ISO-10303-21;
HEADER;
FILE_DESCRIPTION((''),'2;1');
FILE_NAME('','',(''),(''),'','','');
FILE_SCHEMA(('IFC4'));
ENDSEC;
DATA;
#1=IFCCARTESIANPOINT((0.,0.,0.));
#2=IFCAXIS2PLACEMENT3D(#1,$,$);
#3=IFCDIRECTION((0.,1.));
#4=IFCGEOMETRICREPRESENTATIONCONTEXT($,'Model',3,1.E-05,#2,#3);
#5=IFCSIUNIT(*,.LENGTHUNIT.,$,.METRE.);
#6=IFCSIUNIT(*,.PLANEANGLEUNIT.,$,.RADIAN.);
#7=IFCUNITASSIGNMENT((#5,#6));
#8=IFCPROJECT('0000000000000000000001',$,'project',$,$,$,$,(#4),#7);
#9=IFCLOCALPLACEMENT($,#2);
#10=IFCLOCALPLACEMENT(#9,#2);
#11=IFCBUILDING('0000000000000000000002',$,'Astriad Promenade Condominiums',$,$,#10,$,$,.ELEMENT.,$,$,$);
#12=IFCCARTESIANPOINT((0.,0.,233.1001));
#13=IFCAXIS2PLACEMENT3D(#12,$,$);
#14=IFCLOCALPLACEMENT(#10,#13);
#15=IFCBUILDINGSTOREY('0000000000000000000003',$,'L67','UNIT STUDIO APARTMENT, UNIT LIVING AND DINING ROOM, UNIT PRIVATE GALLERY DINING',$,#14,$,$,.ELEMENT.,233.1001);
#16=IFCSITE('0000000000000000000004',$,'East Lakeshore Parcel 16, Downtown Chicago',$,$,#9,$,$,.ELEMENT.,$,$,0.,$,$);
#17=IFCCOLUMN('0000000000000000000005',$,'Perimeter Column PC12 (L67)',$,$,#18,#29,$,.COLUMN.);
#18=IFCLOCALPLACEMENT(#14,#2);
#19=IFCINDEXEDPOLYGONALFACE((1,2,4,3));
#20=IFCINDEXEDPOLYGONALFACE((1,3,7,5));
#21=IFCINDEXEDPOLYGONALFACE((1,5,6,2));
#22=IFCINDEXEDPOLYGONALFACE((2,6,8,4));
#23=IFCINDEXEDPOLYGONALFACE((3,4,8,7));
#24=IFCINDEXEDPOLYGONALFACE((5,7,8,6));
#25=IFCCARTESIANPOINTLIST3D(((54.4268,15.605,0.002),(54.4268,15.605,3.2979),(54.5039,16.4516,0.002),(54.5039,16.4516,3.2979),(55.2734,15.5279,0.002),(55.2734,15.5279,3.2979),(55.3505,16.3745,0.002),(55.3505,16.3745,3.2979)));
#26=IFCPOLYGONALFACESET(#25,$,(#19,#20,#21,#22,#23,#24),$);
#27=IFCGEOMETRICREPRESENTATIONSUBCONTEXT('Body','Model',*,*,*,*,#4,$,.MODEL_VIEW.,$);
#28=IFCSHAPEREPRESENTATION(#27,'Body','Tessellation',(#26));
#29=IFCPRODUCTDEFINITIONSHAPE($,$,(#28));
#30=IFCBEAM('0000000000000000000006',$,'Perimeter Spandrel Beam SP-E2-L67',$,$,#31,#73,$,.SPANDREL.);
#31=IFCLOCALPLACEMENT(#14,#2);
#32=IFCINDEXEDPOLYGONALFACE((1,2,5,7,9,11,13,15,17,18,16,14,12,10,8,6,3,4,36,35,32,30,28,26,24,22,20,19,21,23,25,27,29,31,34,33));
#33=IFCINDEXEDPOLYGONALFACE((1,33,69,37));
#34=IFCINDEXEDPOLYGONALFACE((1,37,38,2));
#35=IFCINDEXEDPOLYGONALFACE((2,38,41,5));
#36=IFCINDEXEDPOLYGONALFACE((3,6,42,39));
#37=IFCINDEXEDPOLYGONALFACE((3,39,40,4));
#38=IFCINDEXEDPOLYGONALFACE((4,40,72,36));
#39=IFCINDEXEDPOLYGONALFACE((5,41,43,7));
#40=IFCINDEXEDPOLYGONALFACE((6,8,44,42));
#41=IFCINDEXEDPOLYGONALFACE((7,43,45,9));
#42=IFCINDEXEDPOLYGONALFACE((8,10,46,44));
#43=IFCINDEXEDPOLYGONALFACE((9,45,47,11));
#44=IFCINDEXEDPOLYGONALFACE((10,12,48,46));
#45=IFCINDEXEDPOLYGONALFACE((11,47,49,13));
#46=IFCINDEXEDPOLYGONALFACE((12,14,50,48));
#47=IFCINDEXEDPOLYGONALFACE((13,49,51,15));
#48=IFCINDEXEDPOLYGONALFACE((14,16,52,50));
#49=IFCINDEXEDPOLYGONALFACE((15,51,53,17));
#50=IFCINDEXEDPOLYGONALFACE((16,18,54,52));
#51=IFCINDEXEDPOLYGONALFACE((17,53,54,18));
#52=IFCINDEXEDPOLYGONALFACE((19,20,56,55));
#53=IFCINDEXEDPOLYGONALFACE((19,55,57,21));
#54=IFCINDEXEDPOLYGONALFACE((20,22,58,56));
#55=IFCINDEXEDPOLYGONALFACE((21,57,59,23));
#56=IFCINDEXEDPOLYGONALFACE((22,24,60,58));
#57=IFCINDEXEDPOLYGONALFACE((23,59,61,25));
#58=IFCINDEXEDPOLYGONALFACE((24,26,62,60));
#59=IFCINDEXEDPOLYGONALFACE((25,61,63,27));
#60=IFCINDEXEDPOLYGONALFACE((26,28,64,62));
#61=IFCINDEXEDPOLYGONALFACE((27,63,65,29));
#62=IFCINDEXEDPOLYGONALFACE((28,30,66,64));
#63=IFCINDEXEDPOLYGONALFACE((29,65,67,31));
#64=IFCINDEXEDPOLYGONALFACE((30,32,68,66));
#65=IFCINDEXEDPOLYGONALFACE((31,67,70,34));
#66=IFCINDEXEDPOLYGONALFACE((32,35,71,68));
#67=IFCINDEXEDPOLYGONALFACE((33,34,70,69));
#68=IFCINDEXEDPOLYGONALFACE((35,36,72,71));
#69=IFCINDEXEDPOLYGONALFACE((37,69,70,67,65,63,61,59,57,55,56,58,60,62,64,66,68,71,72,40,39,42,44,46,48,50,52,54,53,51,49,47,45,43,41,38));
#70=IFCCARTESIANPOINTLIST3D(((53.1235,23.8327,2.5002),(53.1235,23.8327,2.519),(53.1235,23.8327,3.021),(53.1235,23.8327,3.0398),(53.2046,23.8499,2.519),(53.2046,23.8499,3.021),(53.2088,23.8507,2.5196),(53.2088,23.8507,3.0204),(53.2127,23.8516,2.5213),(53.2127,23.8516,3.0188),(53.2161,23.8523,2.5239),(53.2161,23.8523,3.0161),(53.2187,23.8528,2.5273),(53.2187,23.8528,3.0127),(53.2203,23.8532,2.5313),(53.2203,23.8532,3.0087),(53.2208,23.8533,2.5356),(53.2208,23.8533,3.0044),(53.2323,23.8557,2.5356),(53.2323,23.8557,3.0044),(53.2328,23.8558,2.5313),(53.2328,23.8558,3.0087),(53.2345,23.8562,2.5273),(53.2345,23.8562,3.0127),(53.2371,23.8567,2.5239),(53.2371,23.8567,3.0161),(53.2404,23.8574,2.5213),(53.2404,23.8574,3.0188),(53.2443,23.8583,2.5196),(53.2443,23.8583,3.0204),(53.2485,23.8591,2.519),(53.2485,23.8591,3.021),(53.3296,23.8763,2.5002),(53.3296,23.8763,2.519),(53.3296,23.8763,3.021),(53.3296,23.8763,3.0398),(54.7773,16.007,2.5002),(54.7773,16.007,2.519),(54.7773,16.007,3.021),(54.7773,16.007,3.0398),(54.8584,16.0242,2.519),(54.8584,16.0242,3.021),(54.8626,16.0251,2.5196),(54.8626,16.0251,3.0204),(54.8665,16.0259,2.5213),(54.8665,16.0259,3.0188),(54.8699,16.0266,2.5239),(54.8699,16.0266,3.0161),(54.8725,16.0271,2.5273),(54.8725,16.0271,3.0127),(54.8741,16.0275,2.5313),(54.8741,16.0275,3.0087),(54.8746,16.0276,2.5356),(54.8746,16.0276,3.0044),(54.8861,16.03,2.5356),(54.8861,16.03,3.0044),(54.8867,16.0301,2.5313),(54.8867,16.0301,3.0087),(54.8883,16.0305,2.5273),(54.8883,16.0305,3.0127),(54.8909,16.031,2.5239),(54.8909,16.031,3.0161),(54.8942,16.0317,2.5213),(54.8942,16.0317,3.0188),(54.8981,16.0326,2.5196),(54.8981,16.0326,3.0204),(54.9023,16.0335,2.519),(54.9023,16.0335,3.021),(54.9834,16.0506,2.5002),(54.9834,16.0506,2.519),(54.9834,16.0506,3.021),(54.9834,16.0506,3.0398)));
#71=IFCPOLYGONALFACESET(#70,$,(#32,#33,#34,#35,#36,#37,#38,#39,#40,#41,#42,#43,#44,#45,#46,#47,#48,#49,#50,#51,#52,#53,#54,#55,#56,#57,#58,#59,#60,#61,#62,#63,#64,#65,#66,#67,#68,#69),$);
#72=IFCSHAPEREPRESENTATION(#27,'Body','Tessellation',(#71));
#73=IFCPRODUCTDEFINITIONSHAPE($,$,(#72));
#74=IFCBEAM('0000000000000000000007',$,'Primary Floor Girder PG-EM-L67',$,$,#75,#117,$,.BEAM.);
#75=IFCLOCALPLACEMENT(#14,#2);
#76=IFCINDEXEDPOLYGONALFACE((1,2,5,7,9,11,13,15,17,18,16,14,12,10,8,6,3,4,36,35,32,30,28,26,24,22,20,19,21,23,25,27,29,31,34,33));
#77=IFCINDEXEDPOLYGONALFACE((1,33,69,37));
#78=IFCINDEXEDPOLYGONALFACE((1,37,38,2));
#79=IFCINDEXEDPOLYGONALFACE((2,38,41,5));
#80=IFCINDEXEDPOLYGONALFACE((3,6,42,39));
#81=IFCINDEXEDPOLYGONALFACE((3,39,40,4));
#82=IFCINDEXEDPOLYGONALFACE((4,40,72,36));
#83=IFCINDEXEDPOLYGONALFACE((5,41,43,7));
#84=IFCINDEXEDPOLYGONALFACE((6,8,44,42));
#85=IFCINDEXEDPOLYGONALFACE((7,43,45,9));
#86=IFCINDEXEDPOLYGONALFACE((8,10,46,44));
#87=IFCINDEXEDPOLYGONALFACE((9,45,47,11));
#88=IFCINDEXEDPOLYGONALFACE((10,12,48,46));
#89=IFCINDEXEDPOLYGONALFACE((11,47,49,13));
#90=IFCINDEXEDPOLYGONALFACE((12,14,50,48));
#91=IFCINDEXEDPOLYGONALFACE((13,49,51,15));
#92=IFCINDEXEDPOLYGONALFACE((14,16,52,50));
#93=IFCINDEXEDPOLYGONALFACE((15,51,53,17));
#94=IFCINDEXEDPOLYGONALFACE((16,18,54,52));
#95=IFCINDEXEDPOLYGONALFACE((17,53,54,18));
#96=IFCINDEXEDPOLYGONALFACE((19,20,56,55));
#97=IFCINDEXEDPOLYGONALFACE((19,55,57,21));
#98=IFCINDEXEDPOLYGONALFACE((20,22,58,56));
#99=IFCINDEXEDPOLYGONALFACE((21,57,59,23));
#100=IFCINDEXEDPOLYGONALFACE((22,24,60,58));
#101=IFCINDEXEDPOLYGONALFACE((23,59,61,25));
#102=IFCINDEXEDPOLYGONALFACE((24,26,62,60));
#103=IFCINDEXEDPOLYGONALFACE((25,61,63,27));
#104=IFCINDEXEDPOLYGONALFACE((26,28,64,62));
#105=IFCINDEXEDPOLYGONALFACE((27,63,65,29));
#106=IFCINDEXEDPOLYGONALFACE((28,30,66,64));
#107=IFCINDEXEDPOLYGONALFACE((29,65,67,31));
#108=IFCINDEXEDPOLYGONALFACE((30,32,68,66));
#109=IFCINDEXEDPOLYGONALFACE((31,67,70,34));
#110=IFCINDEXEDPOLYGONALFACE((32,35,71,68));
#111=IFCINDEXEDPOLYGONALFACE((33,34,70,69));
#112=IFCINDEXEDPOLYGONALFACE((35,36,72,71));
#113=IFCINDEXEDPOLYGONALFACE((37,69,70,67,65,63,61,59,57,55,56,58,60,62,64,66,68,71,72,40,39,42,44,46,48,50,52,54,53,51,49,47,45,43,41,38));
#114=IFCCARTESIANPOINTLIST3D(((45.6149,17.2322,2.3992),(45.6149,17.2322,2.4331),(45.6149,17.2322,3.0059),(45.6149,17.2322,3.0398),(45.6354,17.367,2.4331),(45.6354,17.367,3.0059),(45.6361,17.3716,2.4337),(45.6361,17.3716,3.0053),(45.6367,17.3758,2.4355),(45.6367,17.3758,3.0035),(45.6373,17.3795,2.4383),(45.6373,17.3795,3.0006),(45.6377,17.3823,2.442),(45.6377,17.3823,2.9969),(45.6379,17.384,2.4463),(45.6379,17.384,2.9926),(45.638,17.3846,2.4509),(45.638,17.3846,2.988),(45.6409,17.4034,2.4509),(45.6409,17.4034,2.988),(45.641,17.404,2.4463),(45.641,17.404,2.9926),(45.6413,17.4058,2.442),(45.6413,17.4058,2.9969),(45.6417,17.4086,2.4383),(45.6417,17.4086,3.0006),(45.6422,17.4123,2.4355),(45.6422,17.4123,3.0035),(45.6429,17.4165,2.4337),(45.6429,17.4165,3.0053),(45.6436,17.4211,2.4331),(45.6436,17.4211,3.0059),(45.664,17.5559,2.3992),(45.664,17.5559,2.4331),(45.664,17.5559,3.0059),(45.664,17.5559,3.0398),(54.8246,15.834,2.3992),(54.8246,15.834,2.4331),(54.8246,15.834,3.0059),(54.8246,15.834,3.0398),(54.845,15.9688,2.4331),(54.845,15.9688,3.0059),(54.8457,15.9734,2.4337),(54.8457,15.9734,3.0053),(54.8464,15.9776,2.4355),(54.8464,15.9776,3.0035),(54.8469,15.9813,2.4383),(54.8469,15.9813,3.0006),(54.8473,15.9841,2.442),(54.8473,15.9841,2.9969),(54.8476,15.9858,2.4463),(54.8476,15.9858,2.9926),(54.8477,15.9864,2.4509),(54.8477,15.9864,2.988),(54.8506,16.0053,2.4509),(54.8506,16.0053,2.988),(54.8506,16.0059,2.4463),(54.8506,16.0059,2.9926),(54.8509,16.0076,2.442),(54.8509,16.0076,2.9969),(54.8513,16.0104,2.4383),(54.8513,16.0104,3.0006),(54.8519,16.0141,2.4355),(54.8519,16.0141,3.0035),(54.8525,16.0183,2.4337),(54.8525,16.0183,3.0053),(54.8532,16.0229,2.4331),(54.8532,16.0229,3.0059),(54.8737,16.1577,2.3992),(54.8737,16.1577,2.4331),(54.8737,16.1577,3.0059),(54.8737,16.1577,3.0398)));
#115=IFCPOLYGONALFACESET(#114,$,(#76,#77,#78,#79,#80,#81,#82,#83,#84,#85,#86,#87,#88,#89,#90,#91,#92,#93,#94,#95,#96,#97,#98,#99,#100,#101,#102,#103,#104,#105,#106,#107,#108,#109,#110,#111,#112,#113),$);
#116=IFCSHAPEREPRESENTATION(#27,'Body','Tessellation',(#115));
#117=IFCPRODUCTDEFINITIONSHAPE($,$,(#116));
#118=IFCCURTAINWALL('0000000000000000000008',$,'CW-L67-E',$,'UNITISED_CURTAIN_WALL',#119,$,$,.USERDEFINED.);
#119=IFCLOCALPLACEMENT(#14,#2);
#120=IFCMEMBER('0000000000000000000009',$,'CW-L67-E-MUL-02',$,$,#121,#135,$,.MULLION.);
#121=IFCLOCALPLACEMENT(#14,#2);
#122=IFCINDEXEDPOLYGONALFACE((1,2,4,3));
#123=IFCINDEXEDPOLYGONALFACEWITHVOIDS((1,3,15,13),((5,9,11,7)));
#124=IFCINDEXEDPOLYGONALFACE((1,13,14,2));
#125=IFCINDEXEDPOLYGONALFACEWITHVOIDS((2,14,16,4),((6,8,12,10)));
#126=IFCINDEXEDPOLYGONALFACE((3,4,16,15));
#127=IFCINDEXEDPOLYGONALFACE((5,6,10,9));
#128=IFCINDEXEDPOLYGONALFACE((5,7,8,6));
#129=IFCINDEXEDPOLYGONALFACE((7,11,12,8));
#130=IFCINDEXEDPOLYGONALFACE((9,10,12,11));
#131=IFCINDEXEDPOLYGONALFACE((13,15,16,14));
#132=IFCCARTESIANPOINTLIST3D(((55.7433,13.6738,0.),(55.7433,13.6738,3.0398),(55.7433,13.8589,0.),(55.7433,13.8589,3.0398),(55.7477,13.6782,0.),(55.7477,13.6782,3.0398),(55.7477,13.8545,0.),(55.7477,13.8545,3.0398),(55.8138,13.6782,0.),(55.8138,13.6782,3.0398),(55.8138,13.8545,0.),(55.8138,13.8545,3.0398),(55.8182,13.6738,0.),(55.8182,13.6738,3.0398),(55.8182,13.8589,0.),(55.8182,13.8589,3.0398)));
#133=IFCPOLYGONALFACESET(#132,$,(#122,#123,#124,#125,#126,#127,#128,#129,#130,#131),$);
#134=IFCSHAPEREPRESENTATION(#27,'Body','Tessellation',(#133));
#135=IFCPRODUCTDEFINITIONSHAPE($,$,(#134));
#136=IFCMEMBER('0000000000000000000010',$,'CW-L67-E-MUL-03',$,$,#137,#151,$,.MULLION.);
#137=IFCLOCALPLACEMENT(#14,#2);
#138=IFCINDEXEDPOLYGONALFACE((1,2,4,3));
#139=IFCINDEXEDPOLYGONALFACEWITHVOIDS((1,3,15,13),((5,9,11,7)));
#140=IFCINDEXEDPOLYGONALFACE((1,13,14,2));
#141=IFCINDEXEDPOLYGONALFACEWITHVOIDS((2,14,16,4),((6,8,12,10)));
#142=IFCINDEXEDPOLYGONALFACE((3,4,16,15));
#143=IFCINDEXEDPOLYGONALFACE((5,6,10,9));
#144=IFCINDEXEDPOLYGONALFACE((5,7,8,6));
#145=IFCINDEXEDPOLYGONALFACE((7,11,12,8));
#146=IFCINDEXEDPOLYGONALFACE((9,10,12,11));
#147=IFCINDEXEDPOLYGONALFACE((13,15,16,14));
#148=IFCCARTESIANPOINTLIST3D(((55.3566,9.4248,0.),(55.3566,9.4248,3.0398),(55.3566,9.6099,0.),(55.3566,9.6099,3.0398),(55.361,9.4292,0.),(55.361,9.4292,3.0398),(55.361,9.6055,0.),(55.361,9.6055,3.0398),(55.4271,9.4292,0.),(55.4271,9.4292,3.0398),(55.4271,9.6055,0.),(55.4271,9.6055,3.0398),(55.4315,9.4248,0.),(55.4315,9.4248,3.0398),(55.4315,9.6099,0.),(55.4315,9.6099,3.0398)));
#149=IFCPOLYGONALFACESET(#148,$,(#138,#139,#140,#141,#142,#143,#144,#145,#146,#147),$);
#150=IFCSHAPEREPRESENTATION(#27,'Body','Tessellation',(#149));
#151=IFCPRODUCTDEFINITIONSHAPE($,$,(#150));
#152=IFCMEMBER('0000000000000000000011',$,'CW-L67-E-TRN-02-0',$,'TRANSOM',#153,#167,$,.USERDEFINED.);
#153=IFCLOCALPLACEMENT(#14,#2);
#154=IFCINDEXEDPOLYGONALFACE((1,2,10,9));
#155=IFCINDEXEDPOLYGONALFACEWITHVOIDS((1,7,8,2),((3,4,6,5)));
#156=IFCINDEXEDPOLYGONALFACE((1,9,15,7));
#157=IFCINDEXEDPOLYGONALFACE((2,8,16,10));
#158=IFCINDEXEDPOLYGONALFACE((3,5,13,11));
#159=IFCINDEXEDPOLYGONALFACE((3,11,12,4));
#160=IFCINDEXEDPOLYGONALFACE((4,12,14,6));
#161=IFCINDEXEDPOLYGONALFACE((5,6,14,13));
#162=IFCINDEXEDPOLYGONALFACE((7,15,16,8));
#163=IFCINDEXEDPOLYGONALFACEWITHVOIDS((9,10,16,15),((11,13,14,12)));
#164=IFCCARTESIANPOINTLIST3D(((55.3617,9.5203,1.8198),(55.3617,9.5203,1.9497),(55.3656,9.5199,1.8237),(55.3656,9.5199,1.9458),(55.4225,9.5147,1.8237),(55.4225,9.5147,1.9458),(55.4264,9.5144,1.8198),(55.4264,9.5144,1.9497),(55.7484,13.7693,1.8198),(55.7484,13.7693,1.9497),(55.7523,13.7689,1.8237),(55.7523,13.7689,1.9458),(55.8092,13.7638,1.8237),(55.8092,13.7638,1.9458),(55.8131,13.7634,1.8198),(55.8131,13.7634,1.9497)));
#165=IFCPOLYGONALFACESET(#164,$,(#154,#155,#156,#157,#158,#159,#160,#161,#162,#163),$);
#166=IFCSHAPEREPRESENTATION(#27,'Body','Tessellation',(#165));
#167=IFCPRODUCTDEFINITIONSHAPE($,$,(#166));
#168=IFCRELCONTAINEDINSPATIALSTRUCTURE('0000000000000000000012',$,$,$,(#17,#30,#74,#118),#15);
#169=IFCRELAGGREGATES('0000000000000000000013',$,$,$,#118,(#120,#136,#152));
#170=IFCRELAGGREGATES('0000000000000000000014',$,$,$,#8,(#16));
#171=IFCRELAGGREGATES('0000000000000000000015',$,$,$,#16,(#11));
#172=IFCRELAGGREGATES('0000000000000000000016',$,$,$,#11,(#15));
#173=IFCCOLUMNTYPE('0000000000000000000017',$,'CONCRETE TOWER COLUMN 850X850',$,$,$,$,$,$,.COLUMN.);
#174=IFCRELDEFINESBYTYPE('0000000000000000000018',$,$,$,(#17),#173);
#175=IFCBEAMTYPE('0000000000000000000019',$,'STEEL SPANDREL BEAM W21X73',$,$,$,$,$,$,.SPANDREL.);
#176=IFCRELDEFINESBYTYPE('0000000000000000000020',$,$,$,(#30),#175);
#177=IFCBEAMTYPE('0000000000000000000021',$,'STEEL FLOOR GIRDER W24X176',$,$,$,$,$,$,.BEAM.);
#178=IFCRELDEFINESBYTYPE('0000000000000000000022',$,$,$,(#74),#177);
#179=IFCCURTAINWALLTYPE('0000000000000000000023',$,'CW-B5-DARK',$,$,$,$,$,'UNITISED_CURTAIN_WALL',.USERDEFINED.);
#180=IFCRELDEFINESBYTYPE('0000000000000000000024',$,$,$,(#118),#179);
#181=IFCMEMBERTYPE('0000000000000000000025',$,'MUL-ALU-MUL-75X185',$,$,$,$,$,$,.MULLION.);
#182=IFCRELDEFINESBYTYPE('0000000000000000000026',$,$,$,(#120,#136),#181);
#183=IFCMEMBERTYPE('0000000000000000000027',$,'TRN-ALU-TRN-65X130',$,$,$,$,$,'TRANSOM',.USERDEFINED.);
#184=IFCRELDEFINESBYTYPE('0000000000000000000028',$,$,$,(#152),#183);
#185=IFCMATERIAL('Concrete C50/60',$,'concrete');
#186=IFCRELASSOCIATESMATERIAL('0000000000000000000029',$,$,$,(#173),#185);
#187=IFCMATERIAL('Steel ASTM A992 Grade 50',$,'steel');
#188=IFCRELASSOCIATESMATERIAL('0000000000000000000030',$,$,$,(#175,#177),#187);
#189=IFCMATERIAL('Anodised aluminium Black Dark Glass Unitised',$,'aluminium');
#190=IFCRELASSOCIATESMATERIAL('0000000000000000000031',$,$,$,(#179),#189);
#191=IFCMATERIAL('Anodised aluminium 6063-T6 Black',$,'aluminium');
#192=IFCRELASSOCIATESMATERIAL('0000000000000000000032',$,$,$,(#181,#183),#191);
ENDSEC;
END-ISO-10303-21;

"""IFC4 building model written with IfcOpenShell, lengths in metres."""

from ifc_helpers import new_model, si_unit, direction, frame, origin, origin_2d, place, context, subcontext, project, spatial, rectangle, hollow_rectangle, i_section, extrude, source, transform, mapped, material, material_profile, profile_set, type_object, type_shapes, element, aggregate, save


model = new_model("IFC4")

# Units and contexts
model_context = context("Model", 3, precision=1e-05, world=origin(), true_north=direction((0.0, 1.0)))
body_context = subcontext(model_context, "Body", "Model", "MODEL_VIEW")
ifc_project = project(units=[si_unit("LENGTHUNIT", "METRE"), si_unit("PLANEANGLEUNIT", "RADIAN")], contexts=[model_context])

# Site, building, storey
site_placement = place(None, origin())
site = spatial("IfcSite", under=ifc_project, at=site_placement, Name="East Lakeshore Parcel 16, Downtown Chicago", CompositionType="ELEMENT", RefElevation=0.0)
building_placement = place(site_placement, origin())
building = spatial("IfcBuilding", under=site, at=building_placement, Name="Astriad Promenade Condominiums", CompositionType="ELEMENT")
storey_placement = place(building_placement, frame((0.0, 0.0, 233.1001)))
storey = spatial("IfcBuildingStorey", under=building, at=storey_placement, Name="L67", Description="UNIT STUDIO APARTMENT, UNIT LIVING AND DINING ROOM, UNIT PRIVATE GALLERY DINING", CompositionType="ELEMENT", Elevation=233.1001)

# Column
ifc_material_1 = material(Name="Concrete C50/60", Category="concrete")
ifc_material_profile_1 = material_profile(ifc_material_1, rectangle(XDim=0.8501, YDim=0.8501, at=origin_2d()), Name="RC-COL-850X850")
ifc_profile_set_1 = profile_set([ifc_material_profile_1], Name="Concrete C50/60")
column_type = type_object("IfcColumnType", Name="CONCRETE TOWER COLUMN 850X850", PredefinedType="COLUMN", material=ifc_profile_set_1)
shared_shape_1 = source(origin(), body_context, "Body", "SweptSolid", [
    extrude(rectangle(XDim=0.8501, YDim=0.8501, at=origin_2d()), origin(), (0.0, 0.0, 1.0), 3.2959),
])
type_shapes(column_type, [shared_shape_1])
column_placement = place(storey_placement, frame((54.8887, 15.9897, 0.002), z_axis=(0.0, 0.0, 1.0), x_axis=(0.995884, -0.090633, 0.0)))
element("IfcColumn", 1, at=column_placement, inside=storey, type_object=column_type, Name="Perimeter Column PC12 (L67)", PredefinedType="COLUMN", context=body_context, shape_type="MappedRepresentation", body=[
    mapped(shared_shape_1, transform((0.0, 0.0, 0.0), scale=1.0)),
])

# Beams
ifc_material_2 = material(Name="Steel ASTM A992 Grade 50", Category="steel")
ifc_material_profile_2 = material_profile(ifc_material_2, i_section(OverallWidth=0.2107, OverallDepth=0.5396, WebThickness=0.0117, FlangeThickness=0.0188, FilletRadius=0.0166, at=origin_2d()), Name="W21X73")
ifc_profile_set_2 = profile_set([ifc_material_profile_2], Name="Steel ASTM A992 Grade 50")
beam_type_1 = type_object("IfcBeamType", Name="STEEL SPANDREL BEAM W21X73", PredefinedType="SPANDREL", material=ifc_profile_set_2)
shared_shape_2 = source(origin(), body_context, "Body", "SweptSolid", [
    extrude(i_section(OverallWidth=0.2107, OverallDepth=0.5396, WebThickness=0.0117, FlangeThickness=0.0188, FilletRadius=0.0166, at=origin_2d()), origin(), (0.0, 0.0, 1.0), 7.9985),
])
type_shapes(beam_type_1, [shared_shape_2])
beam_1_placement = place(storey_placement, frame((54.8804, 16.0288, 2.77), z_axis=(-0.206764, 0.978391, 0.0), x_axis=(-0.978391, -0.206764, 0.0)))
element("IfcBeam", 2, at=beam_1_placement, inside=storey, type_object=beam_type_1, Name="Perimeter Spandrel Beam SP-E2-L67", PredefinedType="SPANDREL", context=body_context, shape_type="MappedRepresentation", body=[
    mapped(shared_shape_2, transform((0.0, 0.0, 0.0), scale=1.0)),
])
ifc_material_profile_3 = material_profile(ifc_material_2, i_section(OverallWidth=0.3274, OverallDepth=0.6406, WebThickness=0.019, FlangeThickness=0.0339, FilletRadius=0.0178, at=origin_2d()), Name="W24X176")
ifc_profile_set_3 = profile_set([ifc_material_profile_3], Name="Steel ASTM A992 Grade 50")
beam_type_2 = type_object("IfcBeamType", Name="STEEL FLOOR GIRDER W24X176", PredefinedType="BEAM", material=ifc_profile_set_3)
shared_shape_3 = source(origin(), body_context, "Body", "SweptSolid", [
    extrude(i_section(OverallWidth=0.3274, OverallDepth=0.6406, WebThickness=0.019, FlangeThickness=0.0339, FilletRadius=0.0178, at=origin_2d()), origin(), (0.0, 0.0, 1.0), 9.3152),
])
type_shapes(beam_type_2, [shared_shape_3])
beam_2_placement = place(storey_placement, frame((54.8491, 15.9958, 2.7195), z_axis=(-0.988671, 0.150097, 0.0), x_axis=(-0.150097, -0.988671, 0.0)))
element("IfcBeam", 3, at=beam_2_placement, inside=storey, type_object=beam_type_2, Name="Primary Floor Girder PG-EM-L67", PredefinedType="BEAM", context=body_context, shape_type="MappedRepresentation", body=[
    mapped(shared_shape_3, transform((0.0, 0.0, 0.0), scale=1.0)),
])

# Curtain wall, members
ifc_material_3 = material(Name="Anodised aluminium Black Dark Glass Unitised", Category="aluminium")
curtain_wall_type = type_object("IfcCurtainWallType", Name="CW-B5-DARK", ElementType="UNITISED_CURTAIN_WALL", PredefinedType="USERDEFINED", material=ifc_material_3)
curtain_wall_placement = place(storey_placement, origin())
curtain_wall = element("IfcCurtainWall", 4, at=curtain_wall_placement, inside=storey, type_object=curtain_wall_type, Name="CW-L67-E", ObjectType="UNITISED_CURTAIN_WALL", PredefinedType="USERDEFINED")
ifc_material_4 = material(Name="Anodised aluminium 6063-T6 Black", Category="aluminium")
ifc_material_profile_4 = material_profile(ifc_material_4, hollow_rectangle(XDim=0.075, YDim=0.1851, WallThickness=0.0044, at=origin_2d()), Name="ALU-MUL-75X185")
ifc_profile_set_4 = profile_set([ifc_material_profile_4], Name="Anodised aluminium 6063-T6 Black")
member_type_1 = type_object("IfcMemberType", Name="MUL-ALU-MUL-75X185", PredefinedType="MULLION", material=ifc_profile_set_4)
shared_shape_4 = source(origin(), body_context, "Body", "SweptSolid", [
    extrude(hollow_rectangle(XDim=0.075, YDim=0.1851, WallThickness=0.0044, at=origin_2d()), origin(), (0.0, 0.0, 1.0), 3.0398),
])
type_shapes(member_type_1, [shared_shape_4])
member_1_placement = place(storey_placement, frame((55.7808, 13.7664, 0.0), z_axis=(0.0, 0.0, 1.0), x_axis=(1.0, 0.0, 0.0)))
member_1 = element("IfcMember", 5, at=member_1_placement, type_object=member_type_1, Name="CW-L67-E-MUL-02", PredefinedType="MULLION", context=body_context, shape_type="MappedRepresentation", body=[
    mapped(shared_shape_4, transform((0.0, 0.0, 0.0), scale=1.0)),
])
member_2_placement = place(storey_placement, frame((55.394, 9.5173, 0.0), z_axis=(0.0, 0.0, 1.0), x_axis=(1.0, 0.0, 0.0)))
member_2 = element("IfcMember", 6, at=member_2_placement, type_object=member_type_1, Name="CW-L67-E-MUL-03", PredefinedType="MULLION", context=body_context, shape_type="MappedRepresentation", body=[
    mapped(shared_shape_4, transform((0.0, 0.0, 0.0), scale=1.0)),
])
ifc_material_profile_5 = material_profile(ifc_material_4, hollow_rectangle(XDim=0.0649, YDim=0.1299, WallThickness=0.0039, at=origin_2d()), Name="ALU-TRN-65X130")
ifc_profile_set_5 = profile_set([ifc_material_profile_5], Name="Anodised aluminium 6063-T6 Black")
member_type_2 = type_object("IfcMemberType", Name="TRN-ALU-TRN-65X130", ElementType="TRANSOM", PredefinedType="USERDEFINED", material=ifc_profile_set_5)
shared_shape_5 = source(origin(), body_context, "Body", "SweptSolid", [
    extrude(hollow_rectangle(XDim=0.0649, YDim=0.1299, WallThickness=0.0039, at=origin_2d()), origin(), (0.0, 0.0, 1.0), 4.2666),
])
type_shapes(member_type_2, [shared_shape_5])
member_3_placement = place(storey_placement, frame((55.7808, 13.7664, 1.8848), z_axis=(-0.090639, -0.995884, 0.0), x_axis=(0.995884, -0.090639, 0.0)))
member_3 = element("IfcMember", 7, at=member_3_placement, type_object=member_type_2, Name="CW-L67-E-TRN-02-0", ObjectType="TRANSOM", PredefinedType="USERDEFINED", context=body_context, shape_type="MappedRepresentation", body=[
    mapped(shared_shape_5, transform((0.0, 0.0, 0.0), scale=1.0)),
])
aggregate(curtain_wall, [member_1, member_2, member_3])

save(model, "model.ifc")
